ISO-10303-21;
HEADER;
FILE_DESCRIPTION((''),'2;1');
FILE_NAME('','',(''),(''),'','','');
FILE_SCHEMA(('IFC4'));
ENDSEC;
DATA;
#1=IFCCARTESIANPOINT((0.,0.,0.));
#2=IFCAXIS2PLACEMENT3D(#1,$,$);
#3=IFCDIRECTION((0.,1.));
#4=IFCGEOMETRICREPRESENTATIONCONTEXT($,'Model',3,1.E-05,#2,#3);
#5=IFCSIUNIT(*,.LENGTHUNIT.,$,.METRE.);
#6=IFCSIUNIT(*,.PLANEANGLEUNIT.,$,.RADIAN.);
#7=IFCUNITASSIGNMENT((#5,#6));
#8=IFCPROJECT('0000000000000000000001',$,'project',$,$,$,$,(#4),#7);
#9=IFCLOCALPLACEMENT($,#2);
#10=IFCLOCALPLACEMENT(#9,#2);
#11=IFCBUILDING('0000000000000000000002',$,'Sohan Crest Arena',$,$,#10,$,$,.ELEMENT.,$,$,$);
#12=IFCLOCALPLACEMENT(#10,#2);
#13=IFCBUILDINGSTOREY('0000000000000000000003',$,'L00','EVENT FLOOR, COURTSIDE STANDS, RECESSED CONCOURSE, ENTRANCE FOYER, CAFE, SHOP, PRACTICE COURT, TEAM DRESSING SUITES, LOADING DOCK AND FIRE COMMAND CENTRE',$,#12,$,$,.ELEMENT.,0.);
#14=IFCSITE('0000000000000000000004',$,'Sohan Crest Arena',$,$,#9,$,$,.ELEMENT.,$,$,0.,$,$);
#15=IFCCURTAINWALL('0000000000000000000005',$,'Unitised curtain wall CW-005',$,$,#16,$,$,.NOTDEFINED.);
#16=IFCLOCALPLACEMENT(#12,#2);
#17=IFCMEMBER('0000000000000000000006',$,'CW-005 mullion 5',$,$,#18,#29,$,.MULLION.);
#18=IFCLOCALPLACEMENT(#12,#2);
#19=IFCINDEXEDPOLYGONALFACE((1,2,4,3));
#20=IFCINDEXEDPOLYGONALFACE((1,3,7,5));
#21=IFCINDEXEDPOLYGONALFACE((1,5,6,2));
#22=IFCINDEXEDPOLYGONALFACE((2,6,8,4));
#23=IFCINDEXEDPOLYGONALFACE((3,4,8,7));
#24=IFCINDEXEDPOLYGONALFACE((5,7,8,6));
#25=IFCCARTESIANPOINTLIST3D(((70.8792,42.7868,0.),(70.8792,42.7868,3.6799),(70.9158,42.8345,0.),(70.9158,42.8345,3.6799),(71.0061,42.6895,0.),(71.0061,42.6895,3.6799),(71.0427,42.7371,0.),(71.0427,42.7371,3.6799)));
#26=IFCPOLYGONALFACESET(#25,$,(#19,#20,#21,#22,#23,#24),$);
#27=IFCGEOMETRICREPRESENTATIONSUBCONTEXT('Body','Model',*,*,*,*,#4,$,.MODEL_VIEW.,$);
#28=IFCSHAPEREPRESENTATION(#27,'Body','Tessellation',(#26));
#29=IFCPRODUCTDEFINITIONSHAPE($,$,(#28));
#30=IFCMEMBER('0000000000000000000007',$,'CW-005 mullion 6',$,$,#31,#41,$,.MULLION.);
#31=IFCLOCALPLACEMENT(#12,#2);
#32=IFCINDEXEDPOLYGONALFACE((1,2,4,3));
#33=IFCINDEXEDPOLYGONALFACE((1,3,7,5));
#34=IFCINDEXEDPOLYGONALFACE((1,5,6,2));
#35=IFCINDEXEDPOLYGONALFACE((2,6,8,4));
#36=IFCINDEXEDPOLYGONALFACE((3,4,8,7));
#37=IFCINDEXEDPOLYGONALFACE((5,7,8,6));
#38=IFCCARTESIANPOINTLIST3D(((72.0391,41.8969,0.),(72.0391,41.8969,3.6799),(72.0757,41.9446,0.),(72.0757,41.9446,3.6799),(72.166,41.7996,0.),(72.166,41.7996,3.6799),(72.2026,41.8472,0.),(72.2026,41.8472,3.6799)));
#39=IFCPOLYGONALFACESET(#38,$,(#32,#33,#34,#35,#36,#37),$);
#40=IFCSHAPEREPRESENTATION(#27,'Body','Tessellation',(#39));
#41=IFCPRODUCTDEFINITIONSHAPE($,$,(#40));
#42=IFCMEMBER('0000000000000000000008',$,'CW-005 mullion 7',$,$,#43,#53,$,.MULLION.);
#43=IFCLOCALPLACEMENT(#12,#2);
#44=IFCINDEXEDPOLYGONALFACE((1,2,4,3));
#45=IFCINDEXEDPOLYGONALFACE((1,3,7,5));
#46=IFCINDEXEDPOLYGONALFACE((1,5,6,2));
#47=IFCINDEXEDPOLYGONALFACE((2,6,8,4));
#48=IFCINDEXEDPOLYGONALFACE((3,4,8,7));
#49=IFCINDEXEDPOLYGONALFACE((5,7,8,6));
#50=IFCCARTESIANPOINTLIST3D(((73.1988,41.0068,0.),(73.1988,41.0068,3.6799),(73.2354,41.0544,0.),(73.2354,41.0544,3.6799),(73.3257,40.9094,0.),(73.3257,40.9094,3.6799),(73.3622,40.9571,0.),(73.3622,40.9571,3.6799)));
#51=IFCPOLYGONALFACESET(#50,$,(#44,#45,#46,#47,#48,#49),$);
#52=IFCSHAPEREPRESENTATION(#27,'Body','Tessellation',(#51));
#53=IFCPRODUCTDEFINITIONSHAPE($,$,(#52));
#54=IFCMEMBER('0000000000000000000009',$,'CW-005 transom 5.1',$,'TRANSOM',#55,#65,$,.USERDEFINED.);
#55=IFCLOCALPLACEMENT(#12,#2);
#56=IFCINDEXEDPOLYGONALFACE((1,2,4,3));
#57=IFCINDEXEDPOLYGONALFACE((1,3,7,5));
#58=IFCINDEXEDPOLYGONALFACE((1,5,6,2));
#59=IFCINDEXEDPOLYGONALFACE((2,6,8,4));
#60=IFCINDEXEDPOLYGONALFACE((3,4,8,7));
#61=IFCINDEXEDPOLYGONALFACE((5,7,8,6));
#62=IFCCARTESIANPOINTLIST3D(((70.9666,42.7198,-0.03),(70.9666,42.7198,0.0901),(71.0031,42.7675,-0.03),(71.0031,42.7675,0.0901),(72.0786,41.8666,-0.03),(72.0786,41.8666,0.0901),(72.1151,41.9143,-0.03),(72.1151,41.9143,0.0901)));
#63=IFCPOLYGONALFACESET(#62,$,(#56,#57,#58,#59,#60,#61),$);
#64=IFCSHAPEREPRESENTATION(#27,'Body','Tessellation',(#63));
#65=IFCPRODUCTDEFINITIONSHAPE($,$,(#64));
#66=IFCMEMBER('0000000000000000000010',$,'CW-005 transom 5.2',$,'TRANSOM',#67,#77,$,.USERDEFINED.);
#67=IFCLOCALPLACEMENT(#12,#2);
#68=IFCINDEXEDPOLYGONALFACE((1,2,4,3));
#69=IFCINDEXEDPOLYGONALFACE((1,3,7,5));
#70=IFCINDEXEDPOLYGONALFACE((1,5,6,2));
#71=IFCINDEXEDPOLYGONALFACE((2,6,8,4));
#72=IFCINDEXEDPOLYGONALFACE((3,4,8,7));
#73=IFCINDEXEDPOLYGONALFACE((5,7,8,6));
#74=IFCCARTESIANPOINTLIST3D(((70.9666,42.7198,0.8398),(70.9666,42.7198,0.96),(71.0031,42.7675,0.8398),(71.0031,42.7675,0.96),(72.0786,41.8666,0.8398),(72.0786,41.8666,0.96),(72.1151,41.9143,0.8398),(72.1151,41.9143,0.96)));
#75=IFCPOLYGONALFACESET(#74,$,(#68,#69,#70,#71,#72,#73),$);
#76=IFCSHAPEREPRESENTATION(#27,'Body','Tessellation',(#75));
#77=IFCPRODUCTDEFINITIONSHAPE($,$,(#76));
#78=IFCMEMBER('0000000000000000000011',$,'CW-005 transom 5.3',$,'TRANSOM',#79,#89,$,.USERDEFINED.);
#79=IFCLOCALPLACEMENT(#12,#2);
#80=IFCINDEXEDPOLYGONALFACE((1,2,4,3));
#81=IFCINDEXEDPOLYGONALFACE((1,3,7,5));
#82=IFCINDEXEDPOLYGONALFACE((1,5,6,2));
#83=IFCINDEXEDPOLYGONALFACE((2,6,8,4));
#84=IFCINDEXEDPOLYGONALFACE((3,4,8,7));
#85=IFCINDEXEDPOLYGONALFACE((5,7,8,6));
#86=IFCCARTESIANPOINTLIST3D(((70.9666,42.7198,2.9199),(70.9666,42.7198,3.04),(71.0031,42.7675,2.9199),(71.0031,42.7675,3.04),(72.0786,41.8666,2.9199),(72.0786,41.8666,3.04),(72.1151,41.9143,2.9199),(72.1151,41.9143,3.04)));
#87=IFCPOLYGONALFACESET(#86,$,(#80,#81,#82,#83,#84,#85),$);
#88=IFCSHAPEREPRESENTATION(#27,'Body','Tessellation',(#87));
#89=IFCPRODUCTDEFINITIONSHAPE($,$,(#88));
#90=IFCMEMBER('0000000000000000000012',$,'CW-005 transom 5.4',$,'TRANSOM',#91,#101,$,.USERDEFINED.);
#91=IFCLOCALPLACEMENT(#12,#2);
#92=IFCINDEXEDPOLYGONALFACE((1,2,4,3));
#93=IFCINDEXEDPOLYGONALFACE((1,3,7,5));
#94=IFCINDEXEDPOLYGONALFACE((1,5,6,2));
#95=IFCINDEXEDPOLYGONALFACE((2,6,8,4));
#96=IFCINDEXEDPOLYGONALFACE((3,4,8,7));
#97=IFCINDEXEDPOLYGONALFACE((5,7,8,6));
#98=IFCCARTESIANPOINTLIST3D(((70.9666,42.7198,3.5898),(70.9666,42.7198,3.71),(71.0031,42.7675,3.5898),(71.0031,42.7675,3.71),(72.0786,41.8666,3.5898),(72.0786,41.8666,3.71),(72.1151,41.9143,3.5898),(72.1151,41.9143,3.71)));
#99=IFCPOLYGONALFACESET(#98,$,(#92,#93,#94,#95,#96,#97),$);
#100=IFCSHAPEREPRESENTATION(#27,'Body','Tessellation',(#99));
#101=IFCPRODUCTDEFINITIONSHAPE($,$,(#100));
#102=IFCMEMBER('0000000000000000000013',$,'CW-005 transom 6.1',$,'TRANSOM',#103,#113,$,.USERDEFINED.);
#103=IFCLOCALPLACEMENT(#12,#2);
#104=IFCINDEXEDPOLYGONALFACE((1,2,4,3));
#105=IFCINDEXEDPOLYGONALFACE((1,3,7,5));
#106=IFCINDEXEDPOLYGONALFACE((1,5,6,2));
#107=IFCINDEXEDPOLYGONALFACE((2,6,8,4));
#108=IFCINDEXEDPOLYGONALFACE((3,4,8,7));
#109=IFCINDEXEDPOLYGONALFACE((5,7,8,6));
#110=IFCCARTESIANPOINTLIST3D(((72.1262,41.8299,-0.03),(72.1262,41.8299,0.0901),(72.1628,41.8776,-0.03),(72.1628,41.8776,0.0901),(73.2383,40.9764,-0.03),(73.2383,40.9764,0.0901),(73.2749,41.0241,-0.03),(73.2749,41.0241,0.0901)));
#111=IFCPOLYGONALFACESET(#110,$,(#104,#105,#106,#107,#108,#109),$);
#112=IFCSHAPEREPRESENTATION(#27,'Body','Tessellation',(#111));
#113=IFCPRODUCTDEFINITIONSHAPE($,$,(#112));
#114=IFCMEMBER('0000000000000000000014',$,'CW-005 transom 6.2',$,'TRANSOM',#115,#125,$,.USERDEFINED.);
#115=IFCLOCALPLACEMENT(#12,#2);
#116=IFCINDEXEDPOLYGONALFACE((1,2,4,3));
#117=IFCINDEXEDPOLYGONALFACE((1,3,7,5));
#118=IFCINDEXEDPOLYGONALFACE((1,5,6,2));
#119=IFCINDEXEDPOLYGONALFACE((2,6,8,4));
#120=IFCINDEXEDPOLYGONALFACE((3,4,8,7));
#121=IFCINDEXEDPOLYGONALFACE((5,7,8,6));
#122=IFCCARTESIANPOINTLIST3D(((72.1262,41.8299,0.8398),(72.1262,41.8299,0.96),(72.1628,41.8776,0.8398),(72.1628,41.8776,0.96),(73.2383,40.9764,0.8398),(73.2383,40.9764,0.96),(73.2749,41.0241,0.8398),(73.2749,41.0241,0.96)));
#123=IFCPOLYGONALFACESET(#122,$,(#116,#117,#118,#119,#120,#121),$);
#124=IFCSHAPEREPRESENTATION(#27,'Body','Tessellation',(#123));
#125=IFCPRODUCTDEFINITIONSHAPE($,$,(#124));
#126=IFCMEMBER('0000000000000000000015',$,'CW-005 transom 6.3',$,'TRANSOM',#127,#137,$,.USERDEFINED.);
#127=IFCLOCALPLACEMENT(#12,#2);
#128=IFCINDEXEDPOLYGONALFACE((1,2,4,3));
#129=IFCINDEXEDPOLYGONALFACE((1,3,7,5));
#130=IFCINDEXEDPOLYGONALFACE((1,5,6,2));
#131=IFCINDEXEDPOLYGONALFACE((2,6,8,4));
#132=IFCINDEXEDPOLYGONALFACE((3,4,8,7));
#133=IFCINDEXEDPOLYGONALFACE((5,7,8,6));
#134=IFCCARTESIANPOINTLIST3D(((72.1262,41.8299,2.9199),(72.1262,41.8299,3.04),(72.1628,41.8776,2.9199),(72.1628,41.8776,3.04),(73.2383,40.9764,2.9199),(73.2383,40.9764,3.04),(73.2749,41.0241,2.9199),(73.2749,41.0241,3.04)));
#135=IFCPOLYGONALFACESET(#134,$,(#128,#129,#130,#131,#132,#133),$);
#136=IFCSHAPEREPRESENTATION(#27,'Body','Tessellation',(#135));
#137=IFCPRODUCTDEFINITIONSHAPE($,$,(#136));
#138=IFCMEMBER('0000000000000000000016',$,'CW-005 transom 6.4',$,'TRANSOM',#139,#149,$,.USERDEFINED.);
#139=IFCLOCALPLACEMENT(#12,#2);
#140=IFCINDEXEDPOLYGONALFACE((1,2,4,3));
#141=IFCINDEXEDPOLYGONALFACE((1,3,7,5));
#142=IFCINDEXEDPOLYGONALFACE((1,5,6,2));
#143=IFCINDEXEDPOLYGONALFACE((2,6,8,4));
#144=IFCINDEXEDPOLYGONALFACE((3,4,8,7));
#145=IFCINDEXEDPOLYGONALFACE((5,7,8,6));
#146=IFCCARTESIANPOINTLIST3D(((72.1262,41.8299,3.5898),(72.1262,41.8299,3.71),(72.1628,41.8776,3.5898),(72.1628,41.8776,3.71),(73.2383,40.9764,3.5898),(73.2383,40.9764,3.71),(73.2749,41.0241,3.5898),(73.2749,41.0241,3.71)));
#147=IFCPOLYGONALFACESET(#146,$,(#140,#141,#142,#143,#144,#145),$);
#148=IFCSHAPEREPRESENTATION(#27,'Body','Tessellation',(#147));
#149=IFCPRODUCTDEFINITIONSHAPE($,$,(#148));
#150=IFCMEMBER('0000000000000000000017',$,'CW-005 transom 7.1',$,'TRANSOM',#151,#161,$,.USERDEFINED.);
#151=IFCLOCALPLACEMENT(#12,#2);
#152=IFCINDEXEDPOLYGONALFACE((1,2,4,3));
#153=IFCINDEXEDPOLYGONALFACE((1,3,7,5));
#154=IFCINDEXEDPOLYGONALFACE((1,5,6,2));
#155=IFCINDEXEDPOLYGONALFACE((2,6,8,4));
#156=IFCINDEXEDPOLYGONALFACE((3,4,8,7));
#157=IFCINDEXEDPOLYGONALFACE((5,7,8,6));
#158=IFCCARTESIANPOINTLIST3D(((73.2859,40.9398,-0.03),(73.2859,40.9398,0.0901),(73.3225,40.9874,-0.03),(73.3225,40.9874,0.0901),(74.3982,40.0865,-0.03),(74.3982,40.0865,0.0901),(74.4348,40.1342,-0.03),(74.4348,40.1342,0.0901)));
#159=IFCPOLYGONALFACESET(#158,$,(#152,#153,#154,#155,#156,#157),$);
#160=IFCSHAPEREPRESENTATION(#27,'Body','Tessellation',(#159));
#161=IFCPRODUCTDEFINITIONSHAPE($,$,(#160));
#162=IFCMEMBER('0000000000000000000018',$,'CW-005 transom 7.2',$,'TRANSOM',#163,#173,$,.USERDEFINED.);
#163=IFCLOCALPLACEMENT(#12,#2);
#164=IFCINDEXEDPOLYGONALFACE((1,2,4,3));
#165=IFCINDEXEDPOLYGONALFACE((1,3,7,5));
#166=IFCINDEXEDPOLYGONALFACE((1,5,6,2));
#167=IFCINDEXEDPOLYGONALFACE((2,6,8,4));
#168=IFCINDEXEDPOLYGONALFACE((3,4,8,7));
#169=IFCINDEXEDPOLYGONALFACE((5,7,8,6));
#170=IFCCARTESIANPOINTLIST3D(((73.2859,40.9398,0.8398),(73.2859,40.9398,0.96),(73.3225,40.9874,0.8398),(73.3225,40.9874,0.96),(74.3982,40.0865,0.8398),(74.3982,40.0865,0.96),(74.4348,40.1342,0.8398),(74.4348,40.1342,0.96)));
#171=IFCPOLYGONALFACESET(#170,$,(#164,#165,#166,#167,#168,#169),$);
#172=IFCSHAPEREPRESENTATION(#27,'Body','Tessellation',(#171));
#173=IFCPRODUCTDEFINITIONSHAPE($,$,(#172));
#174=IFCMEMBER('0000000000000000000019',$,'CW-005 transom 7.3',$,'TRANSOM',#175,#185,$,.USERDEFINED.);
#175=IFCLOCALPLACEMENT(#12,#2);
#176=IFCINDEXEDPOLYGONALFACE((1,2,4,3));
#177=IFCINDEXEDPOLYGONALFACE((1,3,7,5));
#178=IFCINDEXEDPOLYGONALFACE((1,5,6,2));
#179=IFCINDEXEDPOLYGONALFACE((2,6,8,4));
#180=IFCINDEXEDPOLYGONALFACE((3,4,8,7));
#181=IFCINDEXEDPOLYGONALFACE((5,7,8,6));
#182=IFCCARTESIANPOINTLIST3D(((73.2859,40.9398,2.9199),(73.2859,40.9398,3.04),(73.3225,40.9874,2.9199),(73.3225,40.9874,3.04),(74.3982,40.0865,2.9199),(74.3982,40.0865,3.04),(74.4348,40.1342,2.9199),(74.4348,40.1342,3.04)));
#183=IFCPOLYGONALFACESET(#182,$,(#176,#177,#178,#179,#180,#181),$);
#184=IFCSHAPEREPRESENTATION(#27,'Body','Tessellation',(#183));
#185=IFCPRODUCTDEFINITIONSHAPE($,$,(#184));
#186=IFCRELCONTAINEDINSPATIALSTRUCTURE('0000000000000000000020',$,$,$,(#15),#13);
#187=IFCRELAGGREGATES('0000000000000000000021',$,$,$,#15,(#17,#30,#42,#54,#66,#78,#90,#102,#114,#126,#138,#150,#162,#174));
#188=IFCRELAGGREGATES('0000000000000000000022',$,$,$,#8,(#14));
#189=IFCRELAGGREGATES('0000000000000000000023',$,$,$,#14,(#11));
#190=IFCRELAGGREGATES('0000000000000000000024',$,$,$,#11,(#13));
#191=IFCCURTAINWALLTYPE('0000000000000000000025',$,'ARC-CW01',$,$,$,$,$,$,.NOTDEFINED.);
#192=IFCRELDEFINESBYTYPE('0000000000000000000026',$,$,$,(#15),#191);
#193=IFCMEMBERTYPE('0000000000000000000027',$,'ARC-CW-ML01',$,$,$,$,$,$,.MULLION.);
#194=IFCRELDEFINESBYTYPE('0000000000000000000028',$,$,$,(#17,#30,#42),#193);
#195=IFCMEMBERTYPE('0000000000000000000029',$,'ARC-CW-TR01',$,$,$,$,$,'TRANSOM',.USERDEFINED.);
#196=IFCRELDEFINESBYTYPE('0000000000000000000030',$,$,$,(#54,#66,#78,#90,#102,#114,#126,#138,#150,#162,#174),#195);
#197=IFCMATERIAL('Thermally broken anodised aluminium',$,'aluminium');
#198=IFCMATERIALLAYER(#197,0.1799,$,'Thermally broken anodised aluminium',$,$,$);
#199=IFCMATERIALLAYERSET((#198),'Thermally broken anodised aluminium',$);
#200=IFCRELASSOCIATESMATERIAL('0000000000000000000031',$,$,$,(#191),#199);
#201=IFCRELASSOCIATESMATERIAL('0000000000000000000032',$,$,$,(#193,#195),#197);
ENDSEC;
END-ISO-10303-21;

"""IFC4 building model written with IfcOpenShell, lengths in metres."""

from ifc_helpers import new_model, si_unit, direction, frame, origin, origin_2d, place, context, subcontext, project, spatial, rectangle, extrude, material, layer, layer_set, material_profile, profile_set, type_object, element, aggregate, save


model = new_model("IFC4")

# Units and contexts
model_context = context("Model", 3, precision=1e-05, world=origin(), true_north=direction((0.0, 1.0)))
body_context = subcontext(model_context, "Body", "Model", "MODEL_VIEW")
ifc_project = project(units=[si_unit("LENGTHUNIT", "METRE"), si_unit("PLANEANGLEUNIT", "RADIAN")], contexts=[model_context])

# Site, building, storey
site_placement = place(None, origin())
site = spatial("IfcSite", under=ifc_project, at=site_placement, Name="Sohan Crest Arena", CompositionType="ELEMENT", RefElevation=0.0)
building_placement = place(site_placement, origin())
building = spatial("IfcBuilding", under=site, at=building_placement, Name="Sohan Crest Arena", CompositionType="ELEMENT")
storey_placement = place(building_placement, origin())
storey = spatial("IfcBuildingStorey", under=building, at=storey_placement, Name="L00", Description="EVENT FLOOR, COURTSIDE STANDS, RECESSED CONCOURSE, ENTRANCE FOYER, CAFE, SHOP, PRACTICE COURT, TEAM DRESSING SUITES, LOADING DOCK AND FIRE COMMAND CENTRE", CompositionType="ELEMENT", Elevation=0.0)

# Curtain wall, members
ifc_material_1 = material(Name="Thermally broken anodised aluminium", Category="aluminium")
ifc_layer_1 = layer(ifc_material_1, 0.1799, Name="Thermally broken anodised aluminium")
ifc_layer_set_1 = layer_set([ifc_layer_1], Name="Thermally broken anodised aluminium")
curtain_wall_type = type_object("IfcCurtainWallType", Name="ARC-CW01", PredefinedType="NOTDEFINED", material=ifc_layer_set_1)
curtain_wall_placement = place(storey_placement, origin())
curtain_wall = element("IfcCurtainWall", 1, at=curtain_wall_placement, inside=storey, type_object=curtain_wall_type, Name="Unitised curtain wall CW-005", PredefinedType="NOTDEFINED")
ifc_material_profile_1 = material_profile(ifc_material_1, rectangle(XDim=0.0601, YDim=0.1599, at=origin_2d()), Name="ALU-MULL 60x160")
ifc_profile_set_1 = profile_set([ifc_material_profile_1], Name="Thermally broken anodised aluminium")
member_type_1 = type_object("IfcMemberType", Name="ARC-CW-ML01", PredefinedType="MULLION", material=ifc_profile_set_1)
member_1_placement = place(storey_placement, frame((70.9609, 42.762, 0.0), z_axis=(0.0, 0.0, 1.0), x_axis=(0.608801, 0.793323, 0.0)))
member_1 = element("IfcMember", 2, at=member_1_placement, type_object=member_type_1, Name="CW-005 mullion 5", PredefinedType="MULLION", context=body_context, shape_type="SweptSolid", body=[
    extrude(rectangle(XDim=0.0601, YDim=0.1599, at=origin_2d()), origin(), (0.0, 0.0, 1.0), 3.6799),
])
member_2_placement = place(storey_placement, frame((72.1208, 41.8721, 0.0), z_axis=(0.0, 0.0, 1.0), x_axis=(0.608801, 0.793323, 0.0)))
member_2 = element("IfcMember", 3, at=member_2_placement, type_object=member_type_1, Name="CW-005 mullion 6", PredefinedType="MULLION", context=body_context, shape_type="SweptSolid", body=[
    extrude(rectangle(XDim=0.0601, YDim=0.1599, at=origin_2d()), origin(), (0.0, 0.0, 1.0), 3.6799),
])
member_3_placement = place(storey_placement, frame((73.2805, 40.9819, 0.0), z_axis=(0.0, 0.0, 1.0), x_axis=(0.608801, 0.793323, 0.0)))
member_3 = element("IfcMember", 4, at=member_3_placement, type_object=member_type_1, Name="CW-005 mullion 7", PredefinedType="MULLION", context=body_context, shape_type="SweptSolid", body=[
    extrude(rectangle(XDim=0.0601, YDim=0.1599, at=origin_2d()), origin(), (0.0, 0.0, 1.0), 3.6799),
])
ifc_material_profile_2 = material_profile(ifc_material_1, rectangle(XDim=0.0601, YDim=0.1201, at=origin_2d()), Name="ALU-TRAN 60x120")
ifc_profile_set_2 = profile_set([ifc_material_profile_2], Name="Thermally broken anodised aluminium")
member_type_2 = type_object("IfcMemberType", Name="ARC-CW-TR01", ElementType="TRANSOM", PredefinedType="USERDEFINED", material=ifc_profile_set_2)
member_4_placement = place(storey_placement, frame((70.9849, 42.7437, 0.03), z_axis=(0.793368, -0.608742, 0.0), x_axis=(0.608742, 0.793368, 0.0)))
member_4 = element("IfcMember", 5, at=member_4_placement, type_object=member_type_2, Name="CW-005 transom 5.1", ObjectType="TRANSOM", PredefinedType="USERDEFINED", context=body_context, shape_type="SweptSolid", body=[
    extrude(rectangle(XDim=0.0601, YDim=0.1201, at=origin_2d()), origin(), (0.0, 0.0, 1.0), 1.4016),
])
member_5_placement = place(storey_placement, frame((70.9849, 42.7437, 0.8999), z_axis=(0.793368, -0.608742, 0.0), x_axis=(0.608742, 0.793368, 0.0)))
member_5 = element("IfcMember", 6, at=member_5_placement, type_object=member_type_2, Name="CW-005 transom 5.2", ObjectType="TRANSOM", PredefinedType="USERDEFINED", context=body_context, shape_type="SweptSolid", body=[
    extrude(rectangle(XDim=0.0601, YDim=0.1201, at=origin_2d()), origin(), (0.0, 0.0, 1.0), 1.4016),
])
member_6_placement = place(storey_placement, frame((70.9849, 42.7437, 2.98), z_axis=(0.793368, -0.608742, 0.0), x_axis=(0.608742, 0.793368, 0.0)))
member_6 = element("IfcMember", 7, at=member_6_placement, type_object=member_type_2, Name="CW-005 transom 5.3", ObjectType="TRANSOM", PredefinedType="USERDEFINED", context=body_context, shape_type="SweptSolid", body=[
    extrude(rectangle(XDim=0.0601, YDim=0.1201, at=origin_2d()), origin(), (0.0, 0.0, 1.0), 1.4016),
])
member_7_placement = place(storey_placement, frame((70.9849, 42.7437, 3.6499), z_axis=(0.793368, -0.608742, 0.0), x_axis=(0.608742, 0.793368, 0.0)))
member_7 = element("IfcMember", 8, at=member_7_placement, type_object=member_type_2, Name="CW-005 transom 5.4", ObjectType="TRANSOM", PredefinedType="USERDEFINED", context=body_context, shape_type="SweptSolid", body=[
    extrude(rectangle(XDim=0.0601, YDim=0.1201, at=origin_2d()), origin(), (0.0, 0.0, 1.0), 1.4016),
])
member_8_placement = place(storey_placement, frame((72.1445, 41.8538, 0.03), z_axis=(0.793284, -0.608852, 0.0), x_axis=(0.608852, 0.793284, 0.0)))
member_8 = element("IfcMember", 9, at=member_8_placement, type_object=member_type_2, Name="CW-005 transom 6.1", ObjectType="TRANSOM", PredefinedType="USERDEFINED", context=body_context, shape_type="SweptSolid", body=[
    extrude(rectangle(XDim=0.0601, YDim=0.1201, at=origin_2d()), origin(), (0.0, 0.0, 1.0), 1.4019),
])
member_9_placement = place(storey_placement, frame((72.1445, 41.8538, 0.8999), z_axis=(0.793284, -0.608852, 0.0), x_axis=(0.608852, 0.793284, 0.0)))
member_9 = element("IfcMember", 10, at=member_9_placement, type_object=member_type_2, Name="CW-005 transom 6.2", ObjectType="TRANSOM", PredefinedType="USERDEFINED", context=body_context, shape_type="SweptSolid", body=[
    extrude(rectangle(XDim=0.0601, YDim=0.1201, at=origin_2d()), origin(), (0.0, 0.0, 1.0), 1.4019),
])
member_10_placement = place(storey_placement, frame((72.1445, 41.8538, 2.98), z_axis=(0.793284, -0.608852, 0.0), x_axis=(0.608852, 0.793284, 0.0)))
member_10 = element("IfcMember", 11, at=member_10_placement, type_object=member_type_2, Name="CW-005 transom 6.3", ObjectType="TRANSOM", PredefinedType="USERDEFINED", context=body_context, shape_type="SweptSolid", body=[
    extrude(rectangle(XDim=0.0601, YDim=0.1201, at=origin_2d()), origin(), (0.0, 0.0, 1.0), 1.4019),
])
member_11_placement = place(storey_placement, frame((72.1445, 41.8538, 3.6499), z_axis=(0.793284, -0.608852, 0.0), x_axis=(0.608852, 0.793284, 0.0)))
member_11 = element("IfcMember", 12, at=member_11_placement, type_object=member_type_2, Name="CW-005 transom 6.4", ObjectType="TRANSOM", PredefinedType="USERDEFINED", context=body_context, shape_type="SweptSolid", body=[
    extrude(rectangle(XDim=0.0601, YDim=0.1201, at=origin_2d()), origin(), (0.0, 0.0, 1.0), 1.4019),
])
member_12_placement = place(storey_placement, frame((73.3042, 40.9636, 0.03), z_axis=(0.793433, -0.608658, 0.0), x_axis=(0.608658, 0.793433, 0.0)))
member_12 = element("IfcMember", 13, at=member_12_placement, type_object=member_type_2, Name="CW-005 transom 7.1", ObjectType="TRANSOM", PredefinedType="USERDEFINED", context=body_context, shape_type="SweptSolid", body=[
    extrude(rectangle(XDim=0.0601, YDim=0.1201, at=origin_2d()), origin(), (0.0, 0.0, 1.0), 1.4019),
])
member_13_placement = place(storey_placement, frame((73.3042, 40.9636, 0.8999), z_axis=(0.793433, -0.608658, 0.0), x_axis=(0.608658, 0.793433, 0.0)))
member_13 = element("IfcMember", 14, at=member_13_placement, type_object=member_type_2, Name="CW-005 transom 7.2", ObjectType="TRANSOM", PredefinedType="USERDEFINED", context=body_context, shape_type="SweptSolid", body=[
    extrude(rectangle(XDim=0.0601, YDim=0.1201, at=origin_2d()), origin(), (0.0, 0.0, 1.0), 1.4019),
])
member_14_placement = place(storey_placement, frame((73.3042, 40.9636, 2.98), z_axis=(0.793433, -0.608658, 0.0), x_axis=(0.608658, 0.793433, 0.0)))
member_14 = element("IfcMember", 15, at=member_14_placement, type_object=member_type_2, Name="CW-005 transom 7.3", ObjectType="TRANSOM", PredefinedType="USERDEFINED", context=body_context, shape_type="SweptSolid", body=[
    extrude(rectangle(XDim=0.0601, YDim=0.1201, at=origin_2d()), origin(), (0.0, 0.0, 1.0), 1.4019),
])

aggregate(curtain_wall, [member_1, member_2, member_3, member_4, member_5, member_6, member_7, member_8, member_9, member_10, member_11, member_12, member_13, member_14])

save(model, "model.ifc")
